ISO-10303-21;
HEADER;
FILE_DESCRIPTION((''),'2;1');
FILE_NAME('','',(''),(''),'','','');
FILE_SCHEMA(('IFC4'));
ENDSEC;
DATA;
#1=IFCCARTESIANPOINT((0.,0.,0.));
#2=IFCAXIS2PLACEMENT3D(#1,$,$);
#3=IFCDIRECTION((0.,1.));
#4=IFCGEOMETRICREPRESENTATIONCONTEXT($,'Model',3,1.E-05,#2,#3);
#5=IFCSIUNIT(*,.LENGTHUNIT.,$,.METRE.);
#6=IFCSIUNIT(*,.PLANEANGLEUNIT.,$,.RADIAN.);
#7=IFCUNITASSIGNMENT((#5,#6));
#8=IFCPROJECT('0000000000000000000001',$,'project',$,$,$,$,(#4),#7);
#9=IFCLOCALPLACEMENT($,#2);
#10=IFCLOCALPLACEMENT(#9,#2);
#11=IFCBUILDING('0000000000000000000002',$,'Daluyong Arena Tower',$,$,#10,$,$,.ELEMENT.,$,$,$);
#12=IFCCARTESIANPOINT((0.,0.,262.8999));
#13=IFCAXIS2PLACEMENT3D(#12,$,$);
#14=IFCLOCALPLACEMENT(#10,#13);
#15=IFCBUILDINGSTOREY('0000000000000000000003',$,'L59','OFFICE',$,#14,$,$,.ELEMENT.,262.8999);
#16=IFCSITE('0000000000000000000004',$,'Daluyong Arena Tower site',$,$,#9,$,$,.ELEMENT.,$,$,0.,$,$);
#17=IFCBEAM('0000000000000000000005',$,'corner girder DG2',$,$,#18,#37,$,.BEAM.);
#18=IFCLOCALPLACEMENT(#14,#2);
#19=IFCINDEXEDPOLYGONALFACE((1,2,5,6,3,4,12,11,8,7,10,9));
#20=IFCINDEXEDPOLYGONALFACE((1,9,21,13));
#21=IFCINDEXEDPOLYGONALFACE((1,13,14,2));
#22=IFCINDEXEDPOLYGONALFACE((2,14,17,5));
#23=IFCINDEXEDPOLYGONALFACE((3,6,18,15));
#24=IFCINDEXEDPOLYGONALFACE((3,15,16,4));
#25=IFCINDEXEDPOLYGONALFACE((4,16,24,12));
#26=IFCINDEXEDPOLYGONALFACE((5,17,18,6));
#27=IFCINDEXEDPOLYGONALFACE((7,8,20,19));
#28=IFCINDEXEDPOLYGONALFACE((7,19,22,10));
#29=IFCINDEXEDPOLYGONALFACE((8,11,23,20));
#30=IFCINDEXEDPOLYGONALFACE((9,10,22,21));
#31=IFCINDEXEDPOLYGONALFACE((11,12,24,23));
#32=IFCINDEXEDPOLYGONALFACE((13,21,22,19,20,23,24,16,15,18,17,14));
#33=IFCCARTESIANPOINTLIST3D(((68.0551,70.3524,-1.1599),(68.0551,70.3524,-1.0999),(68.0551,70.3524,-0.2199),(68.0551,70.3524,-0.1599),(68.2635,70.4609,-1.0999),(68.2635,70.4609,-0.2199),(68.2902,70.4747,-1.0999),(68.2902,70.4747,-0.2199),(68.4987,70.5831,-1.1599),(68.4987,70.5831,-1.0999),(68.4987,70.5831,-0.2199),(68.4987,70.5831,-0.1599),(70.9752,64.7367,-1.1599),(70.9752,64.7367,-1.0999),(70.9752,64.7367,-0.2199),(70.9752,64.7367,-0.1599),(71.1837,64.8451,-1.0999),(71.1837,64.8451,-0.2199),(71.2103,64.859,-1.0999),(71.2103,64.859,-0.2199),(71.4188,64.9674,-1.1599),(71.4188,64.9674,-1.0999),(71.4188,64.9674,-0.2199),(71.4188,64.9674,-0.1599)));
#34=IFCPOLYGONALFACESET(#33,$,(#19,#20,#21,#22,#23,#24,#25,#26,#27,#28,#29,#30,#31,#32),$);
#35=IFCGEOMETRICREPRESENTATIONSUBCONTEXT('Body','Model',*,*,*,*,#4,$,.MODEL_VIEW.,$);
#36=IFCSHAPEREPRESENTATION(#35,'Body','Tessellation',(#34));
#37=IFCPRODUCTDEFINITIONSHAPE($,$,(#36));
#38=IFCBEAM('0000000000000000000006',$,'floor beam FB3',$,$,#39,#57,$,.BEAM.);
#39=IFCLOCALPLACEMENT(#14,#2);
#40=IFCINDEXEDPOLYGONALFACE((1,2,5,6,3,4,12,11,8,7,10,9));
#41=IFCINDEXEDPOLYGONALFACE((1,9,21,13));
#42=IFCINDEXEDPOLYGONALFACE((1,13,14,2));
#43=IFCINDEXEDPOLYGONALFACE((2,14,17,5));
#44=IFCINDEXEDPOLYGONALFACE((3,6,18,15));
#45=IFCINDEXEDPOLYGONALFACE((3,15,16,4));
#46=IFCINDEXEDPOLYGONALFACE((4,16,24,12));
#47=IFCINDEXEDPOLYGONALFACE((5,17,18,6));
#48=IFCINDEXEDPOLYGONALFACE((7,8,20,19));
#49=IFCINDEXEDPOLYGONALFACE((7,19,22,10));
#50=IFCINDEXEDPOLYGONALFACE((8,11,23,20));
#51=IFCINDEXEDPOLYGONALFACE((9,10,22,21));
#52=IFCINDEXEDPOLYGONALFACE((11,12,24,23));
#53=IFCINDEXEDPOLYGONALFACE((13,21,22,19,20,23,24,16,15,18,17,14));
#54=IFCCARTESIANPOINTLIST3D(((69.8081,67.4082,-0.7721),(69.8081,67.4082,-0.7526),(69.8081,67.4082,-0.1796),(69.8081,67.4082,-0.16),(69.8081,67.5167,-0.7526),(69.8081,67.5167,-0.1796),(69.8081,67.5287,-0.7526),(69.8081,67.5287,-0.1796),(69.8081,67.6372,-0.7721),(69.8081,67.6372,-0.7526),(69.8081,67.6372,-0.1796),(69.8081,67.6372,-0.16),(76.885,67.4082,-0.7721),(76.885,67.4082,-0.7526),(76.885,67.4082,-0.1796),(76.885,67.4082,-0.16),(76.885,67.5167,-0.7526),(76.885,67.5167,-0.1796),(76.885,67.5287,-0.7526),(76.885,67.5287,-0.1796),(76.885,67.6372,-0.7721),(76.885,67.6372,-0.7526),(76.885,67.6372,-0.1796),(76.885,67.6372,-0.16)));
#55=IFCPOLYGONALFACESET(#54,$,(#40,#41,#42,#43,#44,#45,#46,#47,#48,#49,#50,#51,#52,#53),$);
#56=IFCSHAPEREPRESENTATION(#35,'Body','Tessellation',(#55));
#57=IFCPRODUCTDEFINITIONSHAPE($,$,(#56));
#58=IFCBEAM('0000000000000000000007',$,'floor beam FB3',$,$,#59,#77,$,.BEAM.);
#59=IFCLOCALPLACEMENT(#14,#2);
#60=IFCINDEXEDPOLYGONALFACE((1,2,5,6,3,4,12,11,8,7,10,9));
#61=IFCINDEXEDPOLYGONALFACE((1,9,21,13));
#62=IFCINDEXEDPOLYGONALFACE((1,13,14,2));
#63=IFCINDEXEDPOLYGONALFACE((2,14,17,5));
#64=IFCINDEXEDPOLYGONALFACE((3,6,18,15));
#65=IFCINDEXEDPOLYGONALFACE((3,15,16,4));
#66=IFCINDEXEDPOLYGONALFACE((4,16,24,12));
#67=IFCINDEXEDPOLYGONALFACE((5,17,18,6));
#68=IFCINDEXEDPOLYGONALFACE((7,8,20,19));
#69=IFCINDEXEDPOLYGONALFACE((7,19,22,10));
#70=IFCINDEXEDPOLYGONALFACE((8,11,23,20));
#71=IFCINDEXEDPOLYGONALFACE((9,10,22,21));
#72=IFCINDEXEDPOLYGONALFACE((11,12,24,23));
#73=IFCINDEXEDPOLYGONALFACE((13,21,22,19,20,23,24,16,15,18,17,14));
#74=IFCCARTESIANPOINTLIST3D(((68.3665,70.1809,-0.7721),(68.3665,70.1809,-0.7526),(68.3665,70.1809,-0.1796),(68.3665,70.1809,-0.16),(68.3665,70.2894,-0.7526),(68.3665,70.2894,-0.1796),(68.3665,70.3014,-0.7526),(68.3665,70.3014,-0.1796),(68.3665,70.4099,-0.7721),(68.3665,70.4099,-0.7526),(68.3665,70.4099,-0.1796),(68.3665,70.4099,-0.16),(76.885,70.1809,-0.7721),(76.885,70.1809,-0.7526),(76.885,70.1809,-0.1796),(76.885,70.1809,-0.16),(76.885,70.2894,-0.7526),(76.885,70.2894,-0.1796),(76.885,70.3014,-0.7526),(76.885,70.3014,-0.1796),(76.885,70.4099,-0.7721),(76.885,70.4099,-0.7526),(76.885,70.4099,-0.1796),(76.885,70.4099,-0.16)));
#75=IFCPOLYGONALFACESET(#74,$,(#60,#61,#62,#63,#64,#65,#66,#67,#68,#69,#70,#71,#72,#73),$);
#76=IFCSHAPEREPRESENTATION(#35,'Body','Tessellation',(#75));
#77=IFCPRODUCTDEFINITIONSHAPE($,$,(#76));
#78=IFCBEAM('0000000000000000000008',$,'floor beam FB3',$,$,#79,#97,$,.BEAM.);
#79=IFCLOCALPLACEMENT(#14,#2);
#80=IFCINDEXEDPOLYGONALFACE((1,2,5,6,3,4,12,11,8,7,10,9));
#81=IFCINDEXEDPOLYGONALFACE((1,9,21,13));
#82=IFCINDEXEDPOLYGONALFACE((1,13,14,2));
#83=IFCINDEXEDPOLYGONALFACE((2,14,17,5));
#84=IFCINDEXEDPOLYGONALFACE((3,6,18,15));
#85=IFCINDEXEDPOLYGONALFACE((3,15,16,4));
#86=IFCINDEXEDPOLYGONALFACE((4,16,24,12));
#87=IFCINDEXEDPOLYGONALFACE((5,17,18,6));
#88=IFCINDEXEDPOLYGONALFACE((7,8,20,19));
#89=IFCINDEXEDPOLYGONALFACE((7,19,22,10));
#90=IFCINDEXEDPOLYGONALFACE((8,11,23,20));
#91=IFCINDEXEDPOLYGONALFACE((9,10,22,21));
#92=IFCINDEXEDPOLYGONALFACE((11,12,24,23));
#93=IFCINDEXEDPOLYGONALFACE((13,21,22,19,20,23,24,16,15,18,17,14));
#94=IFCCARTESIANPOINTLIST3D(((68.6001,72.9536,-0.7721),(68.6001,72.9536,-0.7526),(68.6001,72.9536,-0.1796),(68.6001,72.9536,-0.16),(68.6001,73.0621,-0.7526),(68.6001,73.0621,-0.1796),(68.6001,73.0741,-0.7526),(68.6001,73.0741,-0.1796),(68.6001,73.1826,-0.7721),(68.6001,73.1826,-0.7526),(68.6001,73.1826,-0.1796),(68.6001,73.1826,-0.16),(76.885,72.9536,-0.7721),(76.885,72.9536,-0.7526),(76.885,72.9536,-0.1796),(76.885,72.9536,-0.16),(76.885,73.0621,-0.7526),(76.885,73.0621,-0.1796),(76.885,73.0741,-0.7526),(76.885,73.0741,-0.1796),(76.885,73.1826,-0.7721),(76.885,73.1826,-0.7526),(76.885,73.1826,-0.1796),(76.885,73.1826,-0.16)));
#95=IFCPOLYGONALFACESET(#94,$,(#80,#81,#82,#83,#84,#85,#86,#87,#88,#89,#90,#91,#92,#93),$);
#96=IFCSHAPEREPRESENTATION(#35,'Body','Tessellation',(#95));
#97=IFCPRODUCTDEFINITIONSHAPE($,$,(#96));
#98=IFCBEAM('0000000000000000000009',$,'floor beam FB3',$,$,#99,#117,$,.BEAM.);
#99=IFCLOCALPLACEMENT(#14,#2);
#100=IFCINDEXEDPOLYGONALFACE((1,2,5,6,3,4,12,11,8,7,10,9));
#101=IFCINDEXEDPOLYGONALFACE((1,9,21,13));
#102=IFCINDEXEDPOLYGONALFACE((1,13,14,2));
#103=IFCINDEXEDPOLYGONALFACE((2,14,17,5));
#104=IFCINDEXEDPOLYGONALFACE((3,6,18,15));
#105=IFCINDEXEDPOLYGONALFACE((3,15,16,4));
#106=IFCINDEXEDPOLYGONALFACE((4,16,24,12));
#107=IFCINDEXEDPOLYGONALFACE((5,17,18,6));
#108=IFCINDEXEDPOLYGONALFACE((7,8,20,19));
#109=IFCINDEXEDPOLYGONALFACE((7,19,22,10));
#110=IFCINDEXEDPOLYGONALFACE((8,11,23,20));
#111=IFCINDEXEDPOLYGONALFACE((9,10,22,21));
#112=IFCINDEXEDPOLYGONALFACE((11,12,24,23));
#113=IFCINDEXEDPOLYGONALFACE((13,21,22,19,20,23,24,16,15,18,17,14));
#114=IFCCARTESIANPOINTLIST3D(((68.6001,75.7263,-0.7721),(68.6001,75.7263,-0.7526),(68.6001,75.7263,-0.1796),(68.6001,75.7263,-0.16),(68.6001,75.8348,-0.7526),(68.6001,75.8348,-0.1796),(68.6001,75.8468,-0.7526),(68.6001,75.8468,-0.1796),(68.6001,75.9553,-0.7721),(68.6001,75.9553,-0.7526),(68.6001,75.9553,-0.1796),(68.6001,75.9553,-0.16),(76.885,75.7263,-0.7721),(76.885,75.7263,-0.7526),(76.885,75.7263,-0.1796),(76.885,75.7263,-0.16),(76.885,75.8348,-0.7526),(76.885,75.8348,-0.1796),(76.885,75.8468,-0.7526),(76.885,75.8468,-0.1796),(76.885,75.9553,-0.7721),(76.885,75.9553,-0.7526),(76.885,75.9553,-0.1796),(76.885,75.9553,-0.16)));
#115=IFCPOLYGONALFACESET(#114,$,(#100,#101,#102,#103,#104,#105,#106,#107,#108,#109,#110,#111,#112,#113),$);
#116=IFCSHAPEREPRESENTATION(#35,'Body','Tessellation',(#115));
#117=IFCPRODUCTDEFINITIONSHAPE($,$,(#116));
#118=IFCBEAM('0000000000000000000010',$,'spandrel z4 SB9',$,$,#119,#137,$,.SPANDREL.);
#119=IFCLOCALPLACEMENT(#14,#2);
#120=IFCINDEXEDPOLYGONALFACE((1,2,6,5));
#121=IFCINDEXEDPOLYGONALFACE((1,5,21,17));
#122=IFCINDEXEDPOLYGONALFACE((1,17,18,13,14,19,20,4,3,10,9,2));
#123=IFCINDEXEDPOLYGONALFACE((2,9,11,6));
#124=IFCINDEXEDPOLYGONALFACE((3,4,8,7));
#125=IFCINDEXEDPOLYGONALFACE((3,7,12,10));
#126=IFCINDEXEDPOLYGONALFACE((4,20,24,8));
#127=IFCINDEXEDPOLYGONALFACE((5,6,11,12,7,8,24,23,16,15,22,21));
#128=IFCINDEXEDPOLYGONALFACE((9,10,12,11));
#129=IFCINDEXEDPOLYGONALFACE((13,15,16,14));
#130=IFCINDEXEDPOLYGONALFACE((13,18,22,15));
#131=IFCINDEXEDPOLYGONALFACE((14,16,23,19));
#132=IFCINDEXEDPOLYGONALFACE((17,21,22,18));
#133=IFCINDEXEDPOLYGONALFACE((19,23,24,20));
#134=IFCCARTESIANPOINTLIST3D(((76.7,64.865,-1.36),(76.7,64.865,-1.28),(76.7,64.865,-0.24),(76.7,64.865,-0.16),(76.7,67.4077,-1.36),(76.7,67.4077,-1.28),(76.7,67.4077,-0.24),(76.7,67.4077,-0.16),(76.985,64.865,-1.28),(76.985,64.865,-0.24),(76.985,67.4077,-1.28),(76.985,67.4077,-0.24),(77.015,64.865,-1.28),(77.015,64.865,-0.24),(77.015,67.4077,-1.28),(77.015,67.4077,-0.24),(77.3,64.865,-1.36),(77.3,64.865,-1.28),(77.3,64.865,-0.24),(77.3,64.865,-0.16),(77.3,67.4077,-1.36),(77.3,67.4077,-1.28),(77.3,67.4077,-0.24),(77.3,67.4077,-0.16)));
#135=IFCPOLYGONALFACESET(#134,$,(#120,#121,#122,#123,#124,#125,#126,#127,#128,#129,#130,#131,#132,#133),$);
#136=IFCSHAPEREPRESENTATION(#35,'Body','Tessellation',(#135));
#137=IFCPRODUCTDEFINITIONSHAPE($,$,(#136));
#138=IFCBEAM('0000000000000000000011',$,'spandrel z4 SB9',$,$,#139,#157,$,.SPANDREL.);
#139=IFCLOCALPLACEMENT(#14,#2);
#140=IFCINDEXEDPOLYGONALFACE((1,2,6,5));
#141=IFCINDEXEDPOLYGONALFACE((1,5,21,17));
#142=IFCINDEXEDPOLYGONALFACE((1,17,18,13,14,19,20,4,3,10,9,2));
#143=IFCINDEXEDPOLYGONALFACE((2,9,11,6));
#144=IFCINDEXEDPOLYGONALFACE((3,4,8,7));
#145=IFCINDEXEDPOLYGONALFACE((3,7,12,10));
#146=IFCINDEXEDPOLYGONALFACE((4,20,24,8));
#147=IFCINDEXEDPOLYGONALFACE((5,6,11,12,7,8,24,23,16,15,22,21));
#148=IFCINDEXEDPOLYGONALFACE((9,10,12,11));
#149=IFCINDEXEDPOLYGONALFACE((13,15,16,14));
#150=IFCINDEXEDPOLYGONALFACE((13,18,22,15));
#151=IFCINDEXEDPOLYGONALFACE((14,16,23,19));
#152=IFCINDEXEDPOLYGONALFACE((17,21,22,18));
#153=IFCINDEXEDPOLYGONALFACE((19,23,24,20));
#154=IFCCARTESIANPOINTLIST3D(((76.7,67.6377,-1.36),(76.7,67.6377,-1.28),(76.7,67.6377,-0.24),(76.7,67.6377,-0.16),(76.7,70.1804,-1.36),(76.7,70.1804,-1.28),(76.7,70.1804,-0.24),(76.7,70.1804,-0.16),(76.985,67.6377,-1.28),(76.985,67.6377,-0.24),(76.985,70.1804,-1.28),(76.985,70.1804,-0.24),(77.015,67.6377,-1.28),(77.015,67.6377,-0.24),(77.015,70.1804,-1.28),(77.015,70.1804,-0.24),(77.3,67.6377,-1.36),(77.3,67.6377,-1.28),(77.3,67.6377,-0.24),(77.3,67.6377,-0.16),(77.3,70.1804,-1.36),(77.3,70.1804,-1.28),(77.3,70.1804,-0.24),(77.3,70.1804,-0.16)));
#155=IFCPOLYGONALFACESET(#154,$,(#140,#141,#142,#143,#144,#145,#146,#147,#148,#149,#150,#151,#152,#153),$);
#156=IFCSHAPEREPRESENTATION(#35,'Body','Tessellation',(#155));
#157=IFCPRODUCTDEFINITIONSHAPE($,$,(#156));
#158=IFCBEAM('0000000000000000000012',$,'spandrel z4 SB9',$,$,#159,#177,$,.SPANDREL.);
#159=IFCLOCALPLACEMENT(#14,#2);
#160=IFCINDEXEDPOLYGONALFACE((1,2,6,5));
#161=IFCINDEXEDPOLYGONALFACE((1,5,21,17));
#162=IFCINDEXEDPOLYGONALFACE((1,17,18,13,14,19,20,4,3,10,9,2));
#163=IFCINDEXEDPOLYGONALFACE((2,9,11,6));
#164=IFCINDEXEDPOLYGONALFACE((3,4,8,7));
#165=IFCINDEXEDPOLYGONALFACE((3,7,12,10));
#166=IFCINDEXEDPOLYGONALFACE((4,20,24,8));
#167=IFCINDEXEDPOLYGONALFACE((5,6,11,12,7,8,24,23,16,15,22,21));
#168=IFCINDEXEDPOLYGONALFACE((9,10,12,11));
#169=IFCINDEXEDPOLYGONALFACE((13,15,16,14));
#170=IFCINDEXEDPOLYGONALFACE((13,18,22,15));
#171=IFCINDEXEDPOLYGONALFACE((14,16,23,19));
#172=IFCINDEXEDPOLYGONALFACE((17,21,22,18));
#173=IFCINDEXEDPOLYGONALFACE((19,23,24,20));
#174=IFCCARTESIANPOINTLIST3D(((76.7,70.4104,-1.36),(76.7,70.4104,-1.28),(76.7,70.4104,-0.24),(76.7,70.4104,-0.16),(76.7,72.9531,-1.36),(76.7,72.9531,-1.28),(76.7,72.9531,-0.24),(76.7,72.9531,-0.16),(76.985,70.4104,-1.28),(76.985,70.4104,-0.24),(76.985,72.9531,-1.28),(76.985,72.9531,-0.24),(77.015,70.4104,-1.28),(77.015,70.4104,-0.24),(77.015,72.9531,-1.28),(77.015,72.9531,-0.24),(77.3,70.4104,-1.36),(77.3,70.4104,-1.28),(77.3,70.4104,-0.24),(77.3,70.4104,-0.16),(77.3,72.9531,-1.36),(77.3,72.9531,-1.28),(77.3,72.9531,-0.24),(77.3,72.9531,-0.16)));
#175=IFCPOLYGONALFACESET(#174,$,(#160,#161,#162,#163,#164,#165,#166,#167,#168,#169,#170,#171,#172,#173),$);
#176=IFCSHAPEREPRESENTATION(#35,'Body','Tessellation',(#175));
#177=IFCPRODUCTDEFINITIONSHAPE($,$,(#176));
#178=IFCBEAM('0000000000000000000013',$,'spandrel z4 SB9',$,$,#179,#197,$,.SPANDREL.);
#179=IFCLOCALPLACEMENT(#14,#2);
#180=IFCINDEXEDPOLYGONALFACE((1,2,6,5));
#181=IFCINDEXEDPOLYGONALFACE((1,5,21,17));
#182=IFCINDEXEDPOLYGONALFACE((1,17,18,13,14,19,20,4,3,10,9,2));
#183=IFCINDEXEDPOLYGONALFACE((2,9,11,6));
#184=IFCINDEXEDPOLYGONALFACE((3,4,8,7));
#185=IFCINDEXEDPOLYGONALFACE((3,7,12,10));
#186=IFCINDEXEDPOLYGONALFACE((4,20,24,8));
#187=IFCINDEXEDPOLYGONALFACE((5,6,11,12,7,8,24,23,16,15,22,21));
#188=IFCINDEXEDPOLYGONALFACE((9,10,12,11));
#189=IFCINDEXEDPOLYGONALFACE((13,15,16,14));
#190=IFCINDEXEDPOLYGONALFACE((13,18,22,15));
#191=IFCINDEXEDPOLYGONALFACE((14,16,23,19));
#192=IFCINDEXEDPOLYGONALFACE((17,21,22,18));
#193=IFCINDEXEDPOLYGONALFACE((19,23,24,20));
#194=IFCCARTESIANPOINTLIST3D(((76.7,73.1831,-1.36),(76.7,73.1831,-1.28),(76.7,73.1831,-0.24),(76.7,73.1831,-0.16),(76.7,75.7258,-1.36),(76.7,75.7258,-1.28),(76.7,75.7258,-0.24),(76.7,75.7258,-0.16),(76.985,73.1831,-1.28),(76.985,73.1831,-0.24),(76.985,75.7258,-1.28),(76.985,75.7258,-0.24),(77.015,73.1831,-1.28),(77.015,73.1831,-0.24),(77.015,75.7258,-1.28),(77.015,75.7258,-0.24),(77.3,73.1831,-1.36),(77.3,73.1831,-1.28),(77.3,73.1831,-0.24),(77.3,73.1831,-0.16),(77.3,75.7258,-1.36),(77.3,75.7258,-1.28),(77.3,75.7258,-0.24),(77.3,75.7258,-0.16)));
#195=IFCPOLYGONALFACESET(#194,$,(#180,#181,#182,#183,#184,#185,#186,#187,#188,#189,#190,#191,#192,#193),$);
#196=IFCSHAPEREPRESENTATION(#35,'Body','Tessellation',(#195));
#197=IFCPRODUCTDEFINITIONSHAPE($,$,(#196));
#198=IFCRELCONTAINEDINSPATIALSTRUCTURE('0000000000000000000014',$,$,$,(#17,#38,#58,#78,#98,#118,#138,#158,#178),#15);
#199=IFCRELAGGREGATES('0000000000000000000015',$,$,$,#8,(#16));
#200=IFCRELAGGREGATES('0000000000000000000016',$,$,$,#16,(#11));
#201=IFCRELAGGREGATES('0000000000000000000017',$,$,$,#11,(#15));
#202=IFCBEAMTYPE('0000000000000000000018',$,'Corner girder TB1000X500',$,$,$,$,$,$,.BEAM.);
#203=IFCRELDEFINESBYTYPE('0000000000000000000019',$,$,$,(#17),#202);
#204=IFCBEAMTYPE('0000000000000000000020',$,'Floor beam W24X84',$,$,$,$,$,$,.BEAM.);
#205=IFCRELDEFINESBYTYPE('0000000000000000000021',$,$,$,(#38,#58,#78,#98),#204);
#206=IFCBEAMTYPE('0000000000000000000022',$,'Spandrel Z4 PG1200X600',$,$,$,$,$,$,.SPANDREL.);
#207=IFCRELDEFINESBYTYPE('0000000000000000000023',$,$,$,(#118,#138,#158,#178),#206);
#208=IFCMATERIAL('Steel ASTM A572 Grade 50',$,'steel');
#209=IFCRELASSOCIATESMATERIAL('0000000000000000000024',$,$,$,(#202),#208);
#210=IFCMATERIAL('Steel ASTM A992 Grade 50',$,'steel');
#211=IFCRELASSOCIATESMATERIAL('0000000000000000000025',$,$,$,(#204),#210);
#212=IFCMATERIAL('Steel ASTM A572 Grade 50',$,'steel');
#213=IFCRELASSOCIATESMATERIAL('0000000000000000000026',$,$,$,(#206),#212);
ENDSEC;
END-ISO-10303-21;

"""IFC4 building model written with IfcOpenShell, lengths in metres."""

from ifc_helpers import new_model, si_unit, direction, frame, origin, origin_2d, place, context, subcontext, project, spatial, i_section, extrude, material, material_profile, profile_set, type_object, element, save


model = new_model("IFC4")

# Units and contexts
model_context = context("Model", 3, precision=1e-05, world=origin(), true_north=direction((0.0, 1.0)))
body_context = subcontext(model_context, "Body", "Model", "MODEL_VIEW")
ifc_project = project(units=[si_unit("LENGTHUNIT", "METRE"), si_unit("PLANEANGLEUNIT", "RADIAN")], contexts=[model_context])

# Site, building, storey
site_placement = place(None, origin())
site = spatial("IfcSite", under=ifc_project, at=site_placement, Name="Daluyong Arena Tower site", CompositionType="ELEMENT", RefElevation=0.0)
building_placement = place(site_placement, origin())
building = spatial("IfcBuilding", under=site, at=building_placement, Name="Daluyong Arena Tower", CompositionType="ELEMENT")
storey_placement = place(building_placement, frame((0.0, 0.0, 262.8999)))
storey = spatial("IfcBuildingStorey", under=building, at=storey_placement, Name="L59", Description="OFFICE", CompositionType="ELEMENT", Elevation=262.8999)

# Beams
ifc_material_1 = material(Name="Steel ASTM A572 Grade 50", Category="steel")
ifc_material_profile_1 = material_profile(ifc_material_1, i_section(OverallWidth=0.5, OverallDepth=1.0, WebThickness=0.03, FlangeThickness=0.06, at=origin_2d()))
ifc_profile_set_1 = profile_set([ifc_material_profile_1], Name="Steel ASTM A572 Grade 50")
beam_type_1 = type_object("IfcBeamType", Name="Corner girder TB1000X500", PredefinedType="BEAM", material=ifc_profile_set_1)
beam_1_placement = place(storey_placement, frame((71.197, 64.8521, -0.6599), z_axis=(-0.461352, 0.887217, 0.0), x_axis=(-0.887217, -0.461352, 0.0)))
element("IfcBeam", 1, at=beam_1_placement, inside=storey, type_object=beam_type_1, Name="corner girder DG2", PredefinedType="BEAM", context=body_context, shape_type="SweptSolid", body=[
    extrude(i_section(OverallWidth=0.5, OverallDepth=1.0, WebThickness=0.03, FlangeThickness=0.06, at=origin_2d()), origin(), (0.0, 0.0, 1.0), 6.3296),
])
ifc_material_2 = material(Name="Steel ASTM A992 Grade 50", Category="steel")
ifc_material_profile_2 = material_profile(ifc_material_2, i_section(OverallWidth=0.229, OverallDepth=0.6121, WebThickness=0.012, FlangeThickness=0.0195, at=origin_2d()))
ifc_profile_set_2 = profile_set([ifc_material_profile_2], Name="Steel ASTM A992 Grade 50")
beam_type_2 = type_object("IfcBeamType", Name="Floor beam W24X84", PredefinedType="BEAM", material=ifc_profile_set_2)
beam_2_placement = place(storey_placement, frame((76.885, 67.5227, -0.4661), z_axis=(-1.0, 0.0, 0.0), x_axis=(0.0, -1.0, 0.0)))
element("IfcBeam", 2, at=beam_2_placement, inside=storey, type_object=beam_type_2, Name="floor beam FB3", PredefinedType="BEAM", context=body_context, shape_type="SweptSolid", body=[
    extrude(i_section(OverallWidth=0.229, OverallDepth=0.6121, WebThickness=0.012, FlangeThickness=0.0195, at=origin_2d()), origin(), (0.0, 0.0, 1.0), 7.0769),
])
beam_3_placement = place(storey_placement, frame((76.885, 70.2954, -0.4661), z_axis=(-1.0, 0.0, 0.0), x_axis=(0.0, -1.0, 0.0)))
element("IfcBeam", 3, at=beam_3_placement, inside=storey, type_object=beam_type_2, Name="floor beam FB3", PredefinedType="BEAM", context=body_context, shape_type="SweptSolid", body=[
    extrude(i_section(OverallWidth=0.229, OverallDepth=0.6121, WebThickness=0.012, FlangeThickness=0.0195, at=origin_2d()), origin(), (0.0, 0.0, 1.0), 8.5186),
])
for number, where, z_axis, x_axis, name in (
    (4, (76.885, 73.0681, -0.4661), (-1.0, 0.0, 0.0), (0.0, -1.0, 0.0), "floor beam FB3"),
    (5, (76.885, 75.8408, -0.4661), (-1.0, 0.0, 0.0), (0.0, -1.0, 0.0), "floor beam FB3"),
):
    element("IfcBeam", number, at=place(storey_placement, frame(where, z_axis=z_axis, x_axis=x_axis)), inside=storey, type_object=beam_type_2, Name=name, PredefinedType="BEAM", context=body_context, shape_type="SweptSolid", body=[
        extrude(i_section(OverallWidth=0.229, OverallDepth=0.6121, WebThickness=0.012, FlangeThickness=0.0195, at=origin_2d()), origin(), (0.0, 0.0, 1.0), 8.2849),
    ])
ifc_material_3 = material(Name="Steel ASTM A572 Grade 50", Category="steel")
ifc_material_profile_3 = material_profile(ifc_material_3, i_section(OverallWidth=0.6001, OverallDepth=1.2, WebThickness=0.03, FlangeThickness=0.08, at=origin_2d()))
ifc_profile_set_3 = profile_set([ifc_material_profile_3], Name="Steel ASTM A572 Grade 50")
beam_type_3 = type_object("IfcBeamType", Name="Spandrel Z4 PG1200X600", PredefinedType="SPANDREL", material=ifc_profile_set_3)
for number, where, z_axis, x_axis, name in (
    (6, (77.0, 64.865, -0.76), (0.0, 1.0, 0.0), (-1.0, 0.0, 0.0), "spandrel z4 SB9"),
    (7, (77.0, 67.6377, -0.76), (0.0, 1.0, 0.0), (-1.0, 0.0, 0.0), "spandrel z4 SB9"),
    (8, (77.0, 70.4104, -0.76), (0.0, 1.0, 0.0), (-1.0, 0.0, 0.0), "spandrel z4 SB9"),
    (9, (77.0, 73.1831, -0.76), (0.0, 1.0, 0.0), (-1.0, 0.0, 0.0), "spandrel z4 SB9"),
):
    element("IfcBeam", number, at=place(storey_placement, frame(where, z_axis=z_axis, x_axis=x_axis)), inside=storey, type_object=beam_type_3, Name=name, PredefinedType="SPANDREL", context=body_context, shape_type="SweptSolid", body=[
        extrude(i_section(OverallWidth=0.6001, OverallDepth=1.2, WebThickness=0.03, FlangeThickness=0.08, at=origin_2d()), origin(), (0.0, 0.0, 1.0), 2.5427),
    ])

save(model, "model.ifc")
